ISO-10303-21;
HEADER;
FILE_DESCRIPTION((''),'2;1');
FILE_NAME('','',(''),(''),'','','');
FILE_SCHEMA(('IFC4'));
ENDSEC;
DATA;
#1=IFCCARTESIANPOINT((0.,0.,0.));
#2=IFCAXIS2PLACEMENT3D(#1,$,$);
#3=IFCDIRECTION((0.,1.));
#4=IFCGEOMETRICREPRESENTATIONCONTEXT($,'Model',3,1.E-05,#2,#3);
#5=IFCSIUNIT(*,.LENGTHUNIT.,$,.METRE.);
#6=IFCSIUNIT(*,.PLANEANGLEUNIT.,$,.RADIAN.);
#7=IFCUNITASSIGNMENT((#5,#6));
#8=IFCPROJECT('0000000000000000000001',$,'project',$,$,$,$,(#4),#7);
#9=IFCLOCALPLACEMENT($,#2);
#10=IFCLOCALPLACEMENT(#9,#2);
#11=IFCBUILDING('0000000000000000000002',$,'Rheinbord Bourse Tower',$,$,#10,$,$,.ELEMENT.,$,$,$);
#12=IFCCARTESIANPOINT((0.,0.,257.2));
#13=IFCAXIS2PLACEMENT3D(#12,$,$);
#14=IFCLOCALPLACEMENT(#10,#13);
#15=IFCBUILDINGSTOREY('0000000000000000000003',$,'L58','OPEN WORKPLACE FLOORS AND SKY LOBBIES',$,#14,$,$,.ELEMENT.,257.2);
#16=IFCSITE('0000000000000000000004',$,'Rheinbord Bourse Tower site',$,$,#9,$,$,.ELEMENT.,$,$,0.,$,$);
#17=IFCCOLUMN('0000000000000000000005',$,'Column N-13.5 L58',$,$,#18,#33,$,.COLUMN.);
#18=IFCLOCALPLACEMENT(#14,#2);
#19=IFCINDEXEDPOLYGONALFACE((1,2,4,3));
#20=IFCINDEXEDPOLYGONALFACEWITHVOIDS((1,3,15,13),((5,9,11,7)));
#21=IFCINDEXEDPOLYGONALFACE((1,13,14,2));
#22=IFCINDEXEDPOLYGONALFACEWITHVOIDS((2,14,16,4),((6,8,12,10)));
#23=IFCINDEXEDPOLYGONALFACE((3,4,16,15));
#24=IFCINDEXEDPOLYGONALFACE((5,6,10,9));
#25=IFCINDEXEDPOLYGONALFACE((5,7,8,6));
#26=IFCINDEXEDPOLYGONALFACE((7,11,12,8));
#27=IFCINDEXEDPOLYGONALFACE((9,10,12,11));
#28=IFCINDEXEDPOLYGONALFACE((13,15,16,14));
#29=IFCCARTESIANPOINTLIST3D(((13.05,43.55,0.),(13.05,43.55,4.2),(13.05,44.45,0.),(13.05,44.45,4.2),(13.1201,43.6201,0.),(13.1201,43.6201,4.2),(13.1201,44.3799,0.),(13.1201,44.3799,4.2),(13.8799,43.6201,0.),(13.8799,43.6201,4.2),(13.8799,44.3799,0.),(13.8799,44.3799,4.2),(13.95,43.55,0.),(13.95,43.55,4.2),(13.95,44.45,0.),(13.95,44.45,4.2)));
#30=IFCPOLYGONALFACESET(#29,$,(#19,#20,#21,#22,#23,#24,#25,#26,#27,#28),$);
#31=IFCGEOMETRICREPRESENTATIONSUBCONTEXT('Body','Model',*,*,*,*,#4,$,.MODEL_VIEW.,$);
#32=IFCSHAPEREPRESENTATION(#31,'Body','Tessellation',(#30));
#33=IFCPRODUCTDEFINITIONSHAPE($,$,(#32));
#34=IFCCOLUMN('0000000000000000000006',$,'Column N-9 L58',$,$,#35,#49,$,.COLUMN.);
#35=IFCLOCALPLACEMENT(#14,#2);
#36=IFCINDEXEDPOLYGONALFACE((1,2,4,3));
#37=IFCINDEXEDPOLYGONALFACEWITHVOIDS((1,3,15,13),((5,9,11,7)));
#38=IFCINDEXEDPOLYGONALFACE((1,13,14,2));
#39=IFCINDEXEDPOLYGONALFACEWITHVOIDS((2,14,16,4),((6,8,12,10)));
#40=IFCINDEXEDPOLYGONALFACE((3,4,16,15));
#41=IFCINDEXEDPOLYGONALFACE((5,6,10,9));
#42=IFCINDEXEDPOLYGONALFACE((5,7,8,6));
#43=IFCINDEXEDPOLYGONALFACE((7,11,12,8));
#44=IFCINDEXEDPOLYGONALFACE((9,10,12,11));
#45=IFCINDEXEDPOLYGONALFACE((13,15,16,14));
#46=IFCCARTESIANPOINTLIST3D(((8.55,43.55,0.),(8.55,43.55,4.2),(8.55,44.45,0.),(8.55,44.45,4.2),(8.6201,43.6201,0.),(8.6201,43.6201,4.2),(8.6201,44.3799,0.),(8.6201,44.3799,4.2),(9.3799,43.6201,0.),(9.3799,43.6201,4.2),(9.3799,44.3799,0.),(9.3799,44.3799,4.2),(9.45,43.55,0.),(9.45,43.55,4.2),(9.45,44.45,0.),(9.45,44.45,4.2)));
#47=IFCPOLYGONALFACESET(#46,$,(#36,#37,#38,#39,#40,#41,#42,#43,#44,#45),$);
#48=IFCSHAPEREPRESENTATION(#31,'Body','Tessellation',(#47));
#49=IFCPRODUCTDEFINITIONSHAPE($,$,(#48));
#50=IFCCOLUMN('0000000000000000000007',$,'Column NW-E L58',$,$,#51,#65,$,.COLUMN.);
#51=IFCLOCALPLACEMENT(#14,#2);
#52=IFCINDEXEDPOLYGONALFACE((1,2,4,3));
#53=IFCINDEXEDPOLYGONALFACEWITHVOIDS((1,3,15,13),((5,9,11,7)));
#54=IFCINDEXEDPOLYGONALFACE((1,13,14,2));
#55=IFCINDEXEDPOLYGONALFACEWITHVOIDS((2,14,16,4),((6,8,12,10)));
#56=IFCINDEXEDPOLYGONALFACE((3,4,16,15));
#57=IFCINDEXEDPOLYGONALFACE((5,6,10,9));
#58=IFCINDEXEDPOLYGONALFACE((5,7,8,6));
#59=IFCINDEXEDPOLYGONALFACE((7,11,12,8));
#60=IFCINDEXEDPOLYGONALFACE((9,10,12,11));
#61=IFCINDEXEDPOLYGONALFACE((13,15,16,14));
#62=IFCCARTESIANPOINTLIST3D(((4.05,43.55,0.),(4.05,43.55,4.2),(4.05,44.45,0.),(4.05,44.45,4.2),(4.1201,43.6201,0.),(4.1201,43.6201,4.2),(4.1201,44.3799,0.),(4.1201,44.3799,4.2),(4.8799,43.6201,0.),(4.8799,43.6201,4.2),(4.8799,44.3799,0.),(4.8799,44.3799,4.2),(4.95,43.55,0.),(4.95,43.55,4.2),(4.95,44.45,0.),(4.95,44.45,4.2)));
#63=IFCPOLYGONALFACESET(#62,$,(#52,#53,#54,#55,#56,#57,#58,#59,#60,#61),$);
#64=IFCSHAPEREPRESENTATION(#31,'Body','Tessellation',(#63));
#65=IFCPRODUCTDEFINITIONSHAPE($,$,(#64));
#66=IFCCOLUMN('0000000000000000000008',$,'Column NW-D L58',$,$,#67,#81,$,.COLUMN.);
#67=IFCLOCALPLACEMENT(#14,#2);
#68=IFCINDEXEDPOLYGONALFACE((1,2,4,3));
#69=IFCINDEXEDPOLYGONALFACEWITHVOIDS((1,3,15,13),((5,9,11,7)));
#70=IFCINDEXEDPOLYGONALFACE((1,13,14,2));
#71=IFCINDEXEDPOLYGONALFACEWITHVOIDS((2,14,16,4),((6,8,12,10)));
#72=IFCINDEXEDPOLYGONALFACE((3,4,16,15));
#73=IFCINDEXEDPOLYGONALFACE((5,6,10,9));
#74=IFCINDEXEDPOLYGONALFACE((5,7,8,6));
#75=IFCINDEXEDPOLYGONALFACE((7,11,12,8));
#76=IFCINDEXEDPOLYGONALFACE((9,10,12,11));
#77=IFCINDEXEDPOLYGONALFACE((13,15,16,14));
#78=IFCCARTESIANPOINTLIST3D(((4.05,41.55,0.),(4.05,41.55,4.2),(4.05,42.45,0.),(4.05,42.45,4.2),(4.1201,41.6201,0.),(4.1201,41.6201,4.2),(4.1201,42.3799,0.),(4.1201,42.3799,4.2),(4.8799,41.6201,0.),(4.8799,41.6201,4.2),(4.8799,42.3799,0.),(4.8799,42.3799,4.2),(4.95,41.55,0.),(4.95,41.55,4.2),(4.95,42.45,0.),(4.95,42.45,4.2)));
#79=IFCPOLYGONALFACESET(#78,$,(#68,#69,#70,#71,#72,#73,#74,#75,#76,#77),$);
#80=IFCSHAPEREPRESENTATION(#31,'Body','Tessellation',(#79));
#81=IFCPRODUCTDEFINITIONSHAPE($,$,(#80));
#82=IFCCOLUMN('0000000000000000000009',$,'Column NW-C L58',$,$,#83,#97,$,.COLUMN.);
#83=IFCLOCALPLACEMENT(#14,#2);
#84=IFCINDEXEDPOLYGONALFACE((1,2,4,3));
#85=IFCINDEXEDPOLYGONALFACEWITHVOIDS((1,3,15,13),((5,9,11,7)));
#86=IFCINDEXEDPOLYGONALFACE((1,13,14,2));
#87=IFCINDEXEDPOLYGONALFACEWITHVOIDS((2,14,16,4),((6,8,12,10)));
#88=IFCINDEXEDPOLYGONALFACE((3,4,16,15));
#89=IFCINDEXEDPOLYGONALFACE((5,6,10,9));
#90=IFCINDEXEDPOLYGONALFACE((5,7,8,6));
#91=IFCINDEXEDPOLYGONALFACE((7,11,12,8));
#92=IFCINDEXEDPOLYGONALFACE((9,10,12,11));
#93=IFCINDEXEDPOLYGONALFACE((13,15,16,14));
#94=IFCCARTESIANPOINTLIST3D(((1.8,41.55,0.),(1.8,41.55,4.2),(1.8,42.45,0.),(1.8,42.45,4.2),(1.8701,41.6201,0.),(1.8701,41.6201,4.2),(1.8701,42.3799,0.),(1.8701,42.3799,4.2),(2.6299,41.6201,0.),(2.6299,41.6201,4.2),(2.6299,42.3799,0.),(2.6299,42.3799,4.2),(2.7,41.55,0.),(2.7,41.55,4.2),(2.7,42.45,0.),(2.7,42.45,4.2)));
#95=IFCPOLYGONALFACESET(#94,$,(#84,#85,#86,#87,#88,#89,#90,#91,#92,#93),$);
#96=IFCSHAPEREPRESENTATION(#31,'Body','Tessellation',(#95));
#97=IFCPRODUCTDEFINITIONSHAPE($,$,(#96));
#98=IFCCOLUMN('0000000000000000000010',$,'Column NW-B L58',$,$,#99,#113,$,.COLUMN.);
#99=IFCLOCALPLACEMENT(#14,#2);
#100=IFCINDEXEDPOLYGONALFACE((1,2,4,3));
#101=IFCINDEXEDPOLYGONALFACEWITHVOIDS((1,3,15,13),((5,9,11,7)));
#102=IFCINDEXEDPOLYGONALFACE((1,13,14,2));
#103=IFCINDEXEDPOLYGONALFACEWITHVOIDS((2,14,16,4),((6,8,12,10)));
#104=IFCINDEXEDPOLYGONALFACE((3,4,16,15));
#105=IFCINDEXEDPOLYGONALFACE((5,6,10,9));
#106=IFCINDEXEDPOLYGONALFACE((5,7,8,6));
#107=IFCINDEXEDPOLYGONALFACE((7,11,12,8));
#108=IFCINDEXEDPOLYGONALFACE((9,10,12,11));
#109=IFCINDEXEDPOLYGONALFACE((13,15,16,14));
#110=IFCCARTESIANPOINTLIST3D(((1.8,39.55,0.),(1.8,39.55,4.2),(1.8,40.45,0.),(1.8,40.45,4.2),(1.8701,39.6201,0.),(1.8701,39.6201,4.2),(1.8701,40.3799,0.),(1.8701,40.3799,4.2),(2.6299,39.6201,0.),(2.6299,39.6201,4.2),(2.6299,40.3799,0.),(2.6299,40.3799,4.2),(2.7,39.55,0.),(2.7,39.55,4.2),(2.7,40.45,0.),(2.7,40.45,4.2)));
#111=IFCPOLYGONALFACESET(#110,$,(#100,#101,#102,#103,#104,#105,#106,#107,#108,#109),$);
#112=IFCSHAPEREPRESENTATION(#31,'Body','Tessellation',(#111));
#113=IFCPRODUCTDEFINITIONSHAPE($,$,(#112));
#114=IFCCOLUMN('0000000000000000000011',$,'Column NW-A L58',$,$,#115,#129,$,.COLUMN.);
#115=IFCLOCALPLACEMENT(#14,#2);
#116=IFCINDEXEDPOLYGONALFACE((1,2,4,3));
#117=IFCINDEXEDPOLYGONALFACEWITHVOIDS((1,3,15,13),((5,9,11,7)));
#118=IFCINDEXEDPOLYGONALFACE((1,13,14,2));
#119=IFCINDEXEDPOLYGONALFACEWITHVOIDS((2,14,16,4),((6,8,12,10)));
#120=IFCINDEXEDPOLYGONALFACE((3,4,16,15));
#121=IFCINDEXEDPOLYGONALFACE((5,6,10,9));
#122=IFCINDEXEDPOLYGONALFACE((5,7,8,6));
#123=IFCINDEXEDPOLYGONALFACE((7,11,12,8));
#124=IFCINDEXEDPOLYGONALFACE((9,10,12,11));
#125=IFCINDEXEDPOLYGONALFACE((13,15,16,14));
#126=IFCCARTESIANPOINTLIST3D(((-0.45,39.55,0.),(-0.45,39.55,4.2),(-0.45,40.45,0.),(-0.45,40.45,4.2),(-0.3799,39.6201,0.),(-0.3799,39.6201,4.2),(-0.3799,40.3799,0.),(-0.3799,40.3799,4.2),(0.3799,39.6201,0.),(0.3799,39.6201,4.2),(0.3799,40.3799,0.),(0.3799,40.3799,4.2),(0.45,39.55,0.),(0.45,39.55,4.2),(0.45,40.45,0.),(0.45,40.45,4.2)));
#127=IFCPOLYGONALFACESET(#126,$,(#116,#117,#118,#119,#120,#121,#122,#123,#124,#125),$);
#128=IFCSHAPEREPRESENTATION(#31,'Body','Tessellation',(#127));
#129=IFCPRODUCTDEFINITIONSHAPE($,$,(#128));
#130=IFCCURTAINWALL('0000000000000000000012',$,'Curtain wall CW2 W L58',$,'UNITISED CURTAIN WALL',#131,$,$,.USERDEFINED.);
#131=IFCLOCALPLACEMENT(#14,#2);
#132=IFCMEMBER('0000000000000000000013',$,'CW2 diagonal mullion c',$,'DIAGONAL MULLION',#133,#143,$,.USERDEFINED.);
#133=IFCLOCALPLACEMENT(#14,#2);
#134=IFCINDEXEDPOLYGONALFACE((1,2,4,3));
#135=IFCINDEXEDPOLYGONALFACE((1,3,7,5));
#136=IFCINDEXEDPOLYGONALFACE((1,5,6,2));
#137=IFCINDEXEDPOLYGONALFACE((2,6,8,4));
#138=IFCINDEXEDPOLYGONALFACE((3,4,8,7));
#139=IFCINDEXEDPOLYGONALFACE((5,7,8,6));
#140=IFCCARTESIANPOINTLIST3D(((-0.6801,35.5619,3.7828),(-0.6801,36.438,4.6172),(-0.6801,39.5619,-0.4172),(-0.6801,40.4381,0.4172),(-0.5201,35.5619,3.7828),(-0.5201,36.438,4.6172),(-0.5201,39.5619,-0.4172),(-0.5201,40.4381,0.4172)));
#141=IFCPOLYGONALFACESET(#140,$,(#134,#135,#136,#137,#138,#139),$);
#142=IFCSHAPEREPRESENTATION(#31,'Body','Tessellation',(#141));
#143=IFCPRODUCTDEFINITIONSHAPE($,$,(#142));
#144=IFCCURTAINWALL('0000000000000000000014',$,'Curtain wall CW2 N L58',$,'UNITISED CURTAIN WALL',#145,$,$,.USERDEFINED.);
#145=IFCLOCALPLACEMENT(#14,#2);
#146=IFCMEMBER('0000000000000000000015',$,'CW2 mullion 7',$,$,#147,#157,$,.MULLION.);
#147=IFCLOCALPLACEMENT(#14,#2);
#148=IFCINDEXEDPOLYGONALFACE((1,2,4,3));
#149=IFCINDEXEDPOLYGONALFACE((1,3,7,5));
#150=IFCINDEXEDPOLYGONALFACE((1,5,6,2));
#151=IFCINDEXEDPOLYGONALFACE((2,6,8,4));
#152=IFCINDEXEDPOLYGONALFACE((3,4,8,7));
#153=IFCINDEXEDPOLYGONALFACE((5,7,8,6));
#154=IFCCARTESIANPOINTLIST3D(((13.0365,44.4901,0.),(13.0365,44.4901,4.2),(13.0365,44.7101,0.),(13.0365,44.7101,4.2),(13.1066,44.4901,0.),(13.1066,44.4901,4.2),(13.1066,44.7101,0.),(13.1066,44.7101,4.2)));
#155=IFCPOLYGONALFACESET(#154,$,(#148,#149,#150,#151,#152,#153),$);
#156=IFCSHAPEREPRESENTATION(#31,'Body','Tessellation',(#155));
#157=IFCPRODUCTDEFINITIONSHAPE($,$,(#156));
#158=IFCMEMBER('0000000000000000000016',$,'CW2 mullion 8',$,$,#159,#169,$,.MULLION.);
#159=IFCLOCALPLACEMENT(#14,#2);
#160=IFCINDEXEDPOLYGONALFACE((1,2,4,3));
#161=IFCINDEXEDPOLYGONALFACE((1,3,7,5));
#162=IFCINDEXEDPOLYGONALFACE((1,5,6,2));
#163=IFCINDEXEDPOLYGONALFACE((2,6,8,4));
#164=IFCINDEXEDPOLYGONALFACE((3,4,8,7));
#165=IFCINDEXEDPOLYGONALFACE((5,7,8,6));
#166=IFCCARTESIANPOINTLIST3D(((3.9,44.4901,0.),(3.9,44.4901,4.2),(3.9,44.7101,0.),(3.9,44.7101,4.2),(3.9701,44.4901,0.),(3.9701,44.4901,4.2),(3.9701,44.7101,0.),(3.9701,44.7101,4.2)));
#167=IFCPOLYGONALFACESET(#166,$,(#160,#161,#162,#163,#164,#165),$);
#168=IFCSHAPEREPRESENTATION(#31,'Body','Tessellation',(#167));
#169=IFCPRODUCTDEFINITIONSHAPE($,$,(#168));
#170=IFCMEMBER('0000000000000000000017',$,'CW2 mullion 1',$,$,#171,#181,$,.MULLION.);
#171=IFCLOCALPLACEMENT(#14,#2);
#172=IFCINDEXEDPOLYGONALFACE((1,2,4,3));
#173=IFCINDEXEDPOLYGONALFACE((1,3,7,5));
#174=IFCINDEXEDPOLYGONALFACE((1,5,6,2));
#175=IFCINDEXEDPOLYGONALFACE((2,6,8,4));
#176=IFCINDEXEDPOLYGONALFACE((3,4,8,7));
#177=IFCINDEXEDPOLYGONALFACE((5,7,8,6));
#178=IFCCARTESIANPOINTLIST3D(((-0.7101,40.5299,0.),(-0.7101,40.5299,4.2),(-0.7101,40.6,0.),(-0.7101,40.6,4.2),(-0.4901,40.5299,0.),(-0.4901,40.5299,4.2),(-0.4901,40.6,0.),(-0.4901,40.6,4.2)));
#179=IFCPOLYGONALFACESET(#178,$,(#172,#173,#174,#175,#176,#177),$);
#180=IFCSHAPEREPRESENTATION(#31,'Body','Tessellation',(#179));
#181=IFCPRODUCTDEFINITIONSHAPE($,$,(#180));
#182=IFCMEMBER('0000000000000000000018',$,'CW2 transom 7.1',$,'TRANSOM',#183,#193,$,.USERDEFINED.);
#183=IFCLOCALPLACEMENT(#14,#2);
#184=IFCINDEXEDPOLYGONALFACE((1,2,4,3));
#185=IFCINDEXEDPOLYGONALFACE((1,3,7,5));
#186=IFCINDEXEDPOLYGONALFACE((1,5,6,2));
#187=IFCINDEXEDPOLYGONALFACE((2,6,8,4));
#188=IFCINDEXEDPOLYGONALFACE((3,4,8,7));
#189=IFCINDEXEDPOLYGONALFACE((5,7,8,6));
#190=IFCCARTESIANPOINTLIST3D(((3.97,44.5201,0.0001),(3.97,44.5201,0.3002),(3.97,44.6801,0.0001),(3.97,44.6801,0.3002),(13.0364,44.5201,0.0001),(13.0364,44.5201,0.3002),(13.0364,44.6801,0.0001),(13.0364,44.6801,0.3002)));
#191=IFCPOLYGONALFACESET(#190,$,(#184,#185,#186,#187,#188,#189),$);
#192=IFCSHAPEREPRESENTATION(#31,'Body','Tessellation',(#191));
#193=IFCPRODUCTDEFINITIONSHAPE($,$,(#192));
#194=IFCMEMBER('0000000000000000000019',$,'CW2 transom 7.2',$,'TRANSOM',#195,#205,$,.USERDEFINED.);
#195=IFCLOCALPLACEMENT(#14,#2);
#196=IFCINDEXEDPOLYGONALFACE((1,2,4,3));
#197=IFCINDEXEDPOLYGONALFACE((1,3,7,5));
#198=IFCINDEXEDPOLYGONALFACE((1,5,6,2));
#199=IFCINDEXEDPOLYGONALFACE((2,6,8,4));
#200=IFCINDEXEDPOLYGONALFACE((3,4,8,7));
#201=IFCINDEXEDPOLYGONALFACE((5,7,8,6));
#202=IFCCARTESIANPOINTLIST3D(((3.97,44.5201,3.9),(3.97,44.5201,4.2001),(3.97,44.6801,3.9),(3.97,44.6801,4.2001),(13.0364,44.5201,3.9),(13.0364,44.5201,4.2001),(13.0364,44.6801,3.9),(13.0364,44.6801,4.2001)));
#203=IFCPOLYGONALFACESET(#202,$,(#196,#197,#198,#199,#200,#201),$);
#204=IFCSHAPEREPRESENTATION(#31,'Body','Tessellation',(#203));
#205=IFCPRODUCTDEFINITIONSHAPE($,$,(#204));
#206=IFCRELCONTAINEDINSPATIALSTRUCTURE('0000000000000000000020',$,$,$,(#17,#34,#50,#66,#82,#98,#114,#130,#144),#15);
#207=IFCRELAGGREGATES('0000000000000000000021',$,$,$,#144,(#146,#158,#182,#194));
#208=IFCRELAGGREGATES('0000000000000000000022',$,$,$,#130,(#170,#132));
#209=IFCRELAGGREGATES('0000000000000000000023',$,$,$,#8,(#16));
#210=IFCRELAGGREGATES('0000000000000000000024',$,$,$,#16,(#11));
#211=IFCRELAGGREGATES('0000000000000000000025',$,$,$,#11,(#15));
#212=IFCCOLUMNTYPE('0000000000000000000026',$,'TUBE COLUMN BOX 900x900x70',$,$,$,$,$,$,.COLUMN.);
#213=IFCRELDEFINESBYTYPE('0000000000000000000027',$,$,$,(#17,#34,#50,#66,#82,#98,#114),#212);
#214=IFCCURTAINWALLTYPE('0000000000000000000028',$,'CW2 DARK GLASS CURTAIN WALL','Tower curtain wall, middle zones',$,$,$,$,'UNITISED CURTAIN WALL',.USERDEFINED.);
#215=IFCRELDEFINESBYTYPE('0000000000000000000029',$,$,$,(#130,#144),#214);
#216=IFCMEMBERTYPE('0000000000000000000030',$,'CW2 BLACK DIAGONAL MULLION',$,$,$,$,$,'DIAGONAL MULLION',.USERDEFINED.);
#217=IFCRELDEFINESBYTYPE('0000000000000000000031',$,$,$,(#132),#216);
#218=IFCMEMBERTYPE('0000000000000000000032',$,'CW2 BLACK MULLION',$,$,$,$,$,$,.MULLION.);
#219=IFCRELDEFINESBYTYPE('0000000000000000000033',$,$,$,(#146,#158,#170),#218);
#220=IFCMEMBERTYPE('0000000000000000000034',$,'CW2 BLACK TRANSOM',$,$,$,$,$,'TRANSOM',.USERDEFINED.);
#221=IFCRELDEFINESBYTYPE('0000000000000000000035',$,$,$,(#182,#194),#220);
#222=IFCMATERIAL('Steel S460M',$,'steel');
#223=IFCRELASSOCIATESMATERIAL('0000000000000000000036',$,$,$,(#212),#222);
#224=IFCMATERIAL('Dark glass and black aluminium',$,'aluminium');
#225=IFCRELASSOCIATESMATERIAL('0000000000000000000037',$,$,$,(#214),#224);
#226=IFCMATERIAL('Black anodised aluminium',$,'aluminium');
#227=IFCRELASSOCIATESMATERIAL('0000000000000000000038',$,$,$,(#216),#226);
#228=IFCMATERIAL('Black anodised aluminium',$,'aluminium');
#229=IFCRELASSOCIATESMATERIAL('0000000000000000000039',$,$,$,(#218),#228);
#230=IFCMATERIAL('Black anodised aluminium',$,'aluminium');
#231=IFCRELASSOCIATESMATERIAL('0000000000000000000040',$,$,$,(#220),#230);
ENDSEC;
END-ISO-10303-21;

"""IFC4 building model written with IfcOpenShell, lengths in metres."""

from ifc_helpers import new_model, si_unit, direction, frame, origin, origin_2d, place, context, subcontext, project, spatial, rectangle, hollow_rectangle, extrude, material, material_profile, profile_set, type_object, element, aggregate, save


model = new_model("IFC4")

# Units and contexts
model_context = context("Model", 3, precision=1e-05, world=origin(), true_north=direction((0.0, 1.0)))
body_context = subcontext(model_context, "Body", "Model", "MODEL_VIEW")
ifc_project = project(units=[si_unit("LENGTHUNIT", "METRE"), si_unit("PLANEANGLEUNIT", "RADIAN")], contexts=[model_context])

# Site, building, storey
site_placement = place(None, origin())
site = spatial("IfcSite", under=ifc_project, at=site_placement, Name="Rheinbord Bourse Tower site", CompositionType="ELEMENT", RefElevation=0.0)
building_placement = place(site_placement, origin())
building = spatial("IfcBuilding", under=site, at=building_placement, Name="Rheinbord Bourse Tower", CompositionType="ELEMENT")
storey_placement = place(building_placement, frame((0.0, 0.0, 257.2)))
storey = spatial("IfcBuildingStorey", under=building, at=storey_placement, Name="L58", Description="OPEN WORKPLACE FLOORS AND SKY LOBBIES", CompositionType="ELEMENT", Elevation=257.2)

# Columns
ifc_material_1 = material(Name="Steel S460M", Category="steel")
ifc_material_profile_1 = material_profile(ifc_material_1, hollow_rectangle(XDim=0.8999, YDim=0.8999, WallThickness=0.0701, at=origin_2d()), Name="BOX 900x900x70")
ifc_profile_set_1 = profile_set([ifc_material_profile_1], Name="Steel S460M")
column_type = type_object("IfcColumnType", Name="TUBE COLUMN BOX 900x900x70", PredefinedType="COLUMN", material=ifc_profile_set_1)
for number, where, z_axis, x_axis, name in (
    (1, (13.5, 44.0, 0.0), (0.0, 0.0, 1.0), (0.0, 1.0, 0.0), "Column N-13.5 L58"),
    (2, (9.0, 44.0, 0.0), (0.0, 0.0, 1.0), (0.0, 1.0, 0.0), "Column N-9 L58"),
    (3, (4.5, 44.0, 0.0), (0.0, 0.0, 1.0), (0.0, 1.0, 0.0), "Column NW-E L58"),
    (4, (4.5, 42.0, 0.0), (0.0, 0.0, 1.0), (0.0, 1.0, 0.0), "Column NW-D L58"),
    (5, (2.25, 42.0, 0.0), (0.0, 0.0, 1.0), (1.0, 0.0, 0.0), "Column NW-C L58"),
    (6, (2.25, 40.0, 0.0), (0.0, 0.0, 1.0), (1.0, 0.0, 0.0), "Column NW-B L58"),
    (7, (0.0, 40.0, 0.0), (0.0, 0.0, 1.0), (1.0, 0.0, 0.0), "Column NW-A L58"),
):
    element("IfcColumn", number, at=place(storey_placement, frame(where, z_axis=z_axis, x_axis=x_axis)), inside=storey, type_object=column_type, Name=name, PredefinedType="COLUMN", context=body_context, shape_type="SweptSolid", body=[
        extrude(hollow_rectangle(XDim=0.8999, YDim=0.8999, WallThickness=0.0701, at=origin_2d()), origin(), (0.0, 0.0, 1.0), 4.2),
    ])

# Curtain wall, member
ifc_material_2 = material(Name="Dark glass and black aluminium", Category="aluminium")
curtain_wall_type = type_object("IfcCurtainWallType", Name="CW2 DARK GLASS CURTAIN WALL", Description="Tower curtain wall, middle zones", ElementType="UNITISED CURTAIN WALL", PredefinedType="USERDEFINED", material=ifc_material_2)
curtain_wall_1_placement = place(storey_placement, origin())
curtain_wall_1 = element("IfcCurtainWall", 8, at=curtain_wall_1_placement, inside=storey, type_object=curtain_wall_type, Name="Curtain wall CW2 W L58", ObjectType="UNITISED CURTAIN WALL", PredefinedType="USERDEFINED")
ifc_material_3 = material(Name="Black anodised aluminium", Category="aluminium")
ifc_material_profile_2 = material_profile(ifc_material_3, rectangle(XDim=0.1599, YDim=1.21, at=origin_2d()), Name="CW2 DIAGONAL MULLION 1210x160")
ifc_profile_set_2 = profile_set([ifc_material_profile_2], Name="Black anodised aluminium")
member_type_1 = type_object("IfcMemberType", Name="CW2 BLACK DIAGONAL MULLION", ElementType="DIAGONAL MULLION", PredefinedType="USERDEFINED", material=ifc_profile_set_2)
member_1_placement = place(storey_placement, frame((-0.6001, 40.0, 0.0), z_axis=(0.0, -0.689659, 0.724134), x_axis=(1.0, 0.0, 0.0)))
member_1 = element("IfcMember", 9, at=member_1_placement, type_object=member_type_1, Name="CW2 diagonal mullion c", ObjectType="DIAGONAL MULLION", PredefinedType="USERDEFINED", context=body_context, shape_type="SweptSolid", body=[
    extrude(rectangle(XDim=0.1599, YDim=1.21, at=origin_2d()), origin(), (0.0, 0.0, 1.0), 5.8),
])

# Curtain wall, members
curtain_wall_2_placement = place(storey_placement, origin())
curtain_wall_2 = element("IfcCurtainWall", 10, at=curtain_wall_2_placement, inside=storey, type_object=curtain_wall_type, Name="Curtain wall CW2 N L58", ObjectType="UNITISED CURTAIN WALL", PredefinedType="USERDEFINED")
ifc_material_4 = material(Name="Black anodised aluminium", Category="aluminium")
ifc_material_profile_3 = material_profile(ifc_material_4, rectangle(XDim=0.22, YDim=0.0701, at=origin_2d()), Name="CW2 MULLION 70x220")
ifc_profile_set_3 = profile_set([ifc_material_profile_3], Name="Black anodised aluminium")
member_type_2 = type_object("IfcMemberType", Name="CW2 BLACK MULLION", PredefinedType="MULLION", material=ifc_profile_set_3)
member_2_placement = place(storey_placement, frame((13.0715, 44.6001, 0.0), z_axis=(0.0, 0.0, 1.0), x_axis=(0.0, -1.0, 0.0)))
member_2 = element("IfcMember", 11, at=member_2_placement, type_object=member_type_2, Name="CW2 mullion 7", PredefinedType="MULLION", context=body_context, shape_type="SweptSolid", body=[
    extrude(rectangle(XDim=0.22, YDim=0.0701, at=origin_2d()), origin(), (0.0, 0.0, 1.0), 4.2),
])
member_3_placement = place(storey_placement, frame((3.9351, 44.6001, 0.0), z_axis=(0.0, 0.0, 1.0), x_axis=(0.0, -1.0, 0.0)))
member_3 = element("IfcMember", 12, at=member_3_placement, type_object=member_type_2, Name="CW2 mullion 8", PredefinedType="MULLION", context=body_context, shape_type="SweptSolid", body=[
    extrude(rectangle(XDim=0.22, YDim=0.0701, at=origin_2d()), origin(), (0.0, 0.0, 1.0), 4.2),
])

# Members
member_4_placement = place(storey_placement, frame((-0.6001, 40.5649, 0.0), z_axis=(0.0, 0.0, 1.0), x_axis=(1.0, 0.0, 0.0)))
member_4 = element("IfcMember", 13, at=member_4_placement, type_object=member_type_2, Name="CW2 mullion 1", PredefinedType="MULLION", context=body_context, shape_type="SweptSolid", body=[
    extrude(rectangle(XDim=0.22, YDim=0.0701, at=origin_2d()), origin(), (0.0, 0.0, 1.0), 4.2),
])
ifc_material_5 = material(Name="Black anodised aluminium", Category="aluminium")
ifc_material_profile_4 = material_profile(ifc_material_5, rectangle(XDim=0.1599, YDim=0.3, at=origin_2d()), Name="CW2 TRANSOM 300x160")
ifc_profile_set_4 = profile_set([ifc_material_profile_4], Name="Black anodised aluminium")
member_type_3 = type_object("IfcMemberType", Name="CW2 BLACK TRANSOM", ElementType="TRANSOM", PredefinedType="USERDEFINED", material=ifc_profile_set_4)
member_5_placement = place(storey_placement, frame((13.0364, 44.6001, 0.1501), z_axis=(-1.0, 0.0, 0.0), x_axis=(0.0, -1.0, 0.0)))
member_5 = element("IfcMember", 14, at=member_5_placement, type_object=member_type_3, Name="CW2 transom 7.1", ObjectType="TRANSOM", PredefinedType="USERDEFINED", context=body_context, shape_type="SweptSolid", body=[
    extrude(rectangle(XDim=0.1599, YDim=0.3, at=origin_2d()), origin(), (0.0, 0.0, 1.0), 9.0664),
])
member_6_placement = place(storey_placement, frame((13.0364, 44.6001, 4.05), z_axis=(-1.0, 0.0, 0.0), x_axis=(0.0, -1.0, 0.0)))
member_6 = element("IfcMember", 15, at=member_6_placement, type_object=member_type_3, Name="CW2 transom 7.2", ObjectType="TRANSOM", PredefinedType="USERDEFINED", context=body_context, shape_type="SweptSolid", body=[
    extrude(rectangle(XDim=0.1599, YDim=0.3, at=origin_2d()), origin(), (0.0, 0.0, 1.0), 9.0664),
])

aggregate(curtain_wall_2, [member_2, member_3, member_5, member_6])
aggregate(curtain_wall_1, [member_4, member_1])

save(model, "model.ifc")
